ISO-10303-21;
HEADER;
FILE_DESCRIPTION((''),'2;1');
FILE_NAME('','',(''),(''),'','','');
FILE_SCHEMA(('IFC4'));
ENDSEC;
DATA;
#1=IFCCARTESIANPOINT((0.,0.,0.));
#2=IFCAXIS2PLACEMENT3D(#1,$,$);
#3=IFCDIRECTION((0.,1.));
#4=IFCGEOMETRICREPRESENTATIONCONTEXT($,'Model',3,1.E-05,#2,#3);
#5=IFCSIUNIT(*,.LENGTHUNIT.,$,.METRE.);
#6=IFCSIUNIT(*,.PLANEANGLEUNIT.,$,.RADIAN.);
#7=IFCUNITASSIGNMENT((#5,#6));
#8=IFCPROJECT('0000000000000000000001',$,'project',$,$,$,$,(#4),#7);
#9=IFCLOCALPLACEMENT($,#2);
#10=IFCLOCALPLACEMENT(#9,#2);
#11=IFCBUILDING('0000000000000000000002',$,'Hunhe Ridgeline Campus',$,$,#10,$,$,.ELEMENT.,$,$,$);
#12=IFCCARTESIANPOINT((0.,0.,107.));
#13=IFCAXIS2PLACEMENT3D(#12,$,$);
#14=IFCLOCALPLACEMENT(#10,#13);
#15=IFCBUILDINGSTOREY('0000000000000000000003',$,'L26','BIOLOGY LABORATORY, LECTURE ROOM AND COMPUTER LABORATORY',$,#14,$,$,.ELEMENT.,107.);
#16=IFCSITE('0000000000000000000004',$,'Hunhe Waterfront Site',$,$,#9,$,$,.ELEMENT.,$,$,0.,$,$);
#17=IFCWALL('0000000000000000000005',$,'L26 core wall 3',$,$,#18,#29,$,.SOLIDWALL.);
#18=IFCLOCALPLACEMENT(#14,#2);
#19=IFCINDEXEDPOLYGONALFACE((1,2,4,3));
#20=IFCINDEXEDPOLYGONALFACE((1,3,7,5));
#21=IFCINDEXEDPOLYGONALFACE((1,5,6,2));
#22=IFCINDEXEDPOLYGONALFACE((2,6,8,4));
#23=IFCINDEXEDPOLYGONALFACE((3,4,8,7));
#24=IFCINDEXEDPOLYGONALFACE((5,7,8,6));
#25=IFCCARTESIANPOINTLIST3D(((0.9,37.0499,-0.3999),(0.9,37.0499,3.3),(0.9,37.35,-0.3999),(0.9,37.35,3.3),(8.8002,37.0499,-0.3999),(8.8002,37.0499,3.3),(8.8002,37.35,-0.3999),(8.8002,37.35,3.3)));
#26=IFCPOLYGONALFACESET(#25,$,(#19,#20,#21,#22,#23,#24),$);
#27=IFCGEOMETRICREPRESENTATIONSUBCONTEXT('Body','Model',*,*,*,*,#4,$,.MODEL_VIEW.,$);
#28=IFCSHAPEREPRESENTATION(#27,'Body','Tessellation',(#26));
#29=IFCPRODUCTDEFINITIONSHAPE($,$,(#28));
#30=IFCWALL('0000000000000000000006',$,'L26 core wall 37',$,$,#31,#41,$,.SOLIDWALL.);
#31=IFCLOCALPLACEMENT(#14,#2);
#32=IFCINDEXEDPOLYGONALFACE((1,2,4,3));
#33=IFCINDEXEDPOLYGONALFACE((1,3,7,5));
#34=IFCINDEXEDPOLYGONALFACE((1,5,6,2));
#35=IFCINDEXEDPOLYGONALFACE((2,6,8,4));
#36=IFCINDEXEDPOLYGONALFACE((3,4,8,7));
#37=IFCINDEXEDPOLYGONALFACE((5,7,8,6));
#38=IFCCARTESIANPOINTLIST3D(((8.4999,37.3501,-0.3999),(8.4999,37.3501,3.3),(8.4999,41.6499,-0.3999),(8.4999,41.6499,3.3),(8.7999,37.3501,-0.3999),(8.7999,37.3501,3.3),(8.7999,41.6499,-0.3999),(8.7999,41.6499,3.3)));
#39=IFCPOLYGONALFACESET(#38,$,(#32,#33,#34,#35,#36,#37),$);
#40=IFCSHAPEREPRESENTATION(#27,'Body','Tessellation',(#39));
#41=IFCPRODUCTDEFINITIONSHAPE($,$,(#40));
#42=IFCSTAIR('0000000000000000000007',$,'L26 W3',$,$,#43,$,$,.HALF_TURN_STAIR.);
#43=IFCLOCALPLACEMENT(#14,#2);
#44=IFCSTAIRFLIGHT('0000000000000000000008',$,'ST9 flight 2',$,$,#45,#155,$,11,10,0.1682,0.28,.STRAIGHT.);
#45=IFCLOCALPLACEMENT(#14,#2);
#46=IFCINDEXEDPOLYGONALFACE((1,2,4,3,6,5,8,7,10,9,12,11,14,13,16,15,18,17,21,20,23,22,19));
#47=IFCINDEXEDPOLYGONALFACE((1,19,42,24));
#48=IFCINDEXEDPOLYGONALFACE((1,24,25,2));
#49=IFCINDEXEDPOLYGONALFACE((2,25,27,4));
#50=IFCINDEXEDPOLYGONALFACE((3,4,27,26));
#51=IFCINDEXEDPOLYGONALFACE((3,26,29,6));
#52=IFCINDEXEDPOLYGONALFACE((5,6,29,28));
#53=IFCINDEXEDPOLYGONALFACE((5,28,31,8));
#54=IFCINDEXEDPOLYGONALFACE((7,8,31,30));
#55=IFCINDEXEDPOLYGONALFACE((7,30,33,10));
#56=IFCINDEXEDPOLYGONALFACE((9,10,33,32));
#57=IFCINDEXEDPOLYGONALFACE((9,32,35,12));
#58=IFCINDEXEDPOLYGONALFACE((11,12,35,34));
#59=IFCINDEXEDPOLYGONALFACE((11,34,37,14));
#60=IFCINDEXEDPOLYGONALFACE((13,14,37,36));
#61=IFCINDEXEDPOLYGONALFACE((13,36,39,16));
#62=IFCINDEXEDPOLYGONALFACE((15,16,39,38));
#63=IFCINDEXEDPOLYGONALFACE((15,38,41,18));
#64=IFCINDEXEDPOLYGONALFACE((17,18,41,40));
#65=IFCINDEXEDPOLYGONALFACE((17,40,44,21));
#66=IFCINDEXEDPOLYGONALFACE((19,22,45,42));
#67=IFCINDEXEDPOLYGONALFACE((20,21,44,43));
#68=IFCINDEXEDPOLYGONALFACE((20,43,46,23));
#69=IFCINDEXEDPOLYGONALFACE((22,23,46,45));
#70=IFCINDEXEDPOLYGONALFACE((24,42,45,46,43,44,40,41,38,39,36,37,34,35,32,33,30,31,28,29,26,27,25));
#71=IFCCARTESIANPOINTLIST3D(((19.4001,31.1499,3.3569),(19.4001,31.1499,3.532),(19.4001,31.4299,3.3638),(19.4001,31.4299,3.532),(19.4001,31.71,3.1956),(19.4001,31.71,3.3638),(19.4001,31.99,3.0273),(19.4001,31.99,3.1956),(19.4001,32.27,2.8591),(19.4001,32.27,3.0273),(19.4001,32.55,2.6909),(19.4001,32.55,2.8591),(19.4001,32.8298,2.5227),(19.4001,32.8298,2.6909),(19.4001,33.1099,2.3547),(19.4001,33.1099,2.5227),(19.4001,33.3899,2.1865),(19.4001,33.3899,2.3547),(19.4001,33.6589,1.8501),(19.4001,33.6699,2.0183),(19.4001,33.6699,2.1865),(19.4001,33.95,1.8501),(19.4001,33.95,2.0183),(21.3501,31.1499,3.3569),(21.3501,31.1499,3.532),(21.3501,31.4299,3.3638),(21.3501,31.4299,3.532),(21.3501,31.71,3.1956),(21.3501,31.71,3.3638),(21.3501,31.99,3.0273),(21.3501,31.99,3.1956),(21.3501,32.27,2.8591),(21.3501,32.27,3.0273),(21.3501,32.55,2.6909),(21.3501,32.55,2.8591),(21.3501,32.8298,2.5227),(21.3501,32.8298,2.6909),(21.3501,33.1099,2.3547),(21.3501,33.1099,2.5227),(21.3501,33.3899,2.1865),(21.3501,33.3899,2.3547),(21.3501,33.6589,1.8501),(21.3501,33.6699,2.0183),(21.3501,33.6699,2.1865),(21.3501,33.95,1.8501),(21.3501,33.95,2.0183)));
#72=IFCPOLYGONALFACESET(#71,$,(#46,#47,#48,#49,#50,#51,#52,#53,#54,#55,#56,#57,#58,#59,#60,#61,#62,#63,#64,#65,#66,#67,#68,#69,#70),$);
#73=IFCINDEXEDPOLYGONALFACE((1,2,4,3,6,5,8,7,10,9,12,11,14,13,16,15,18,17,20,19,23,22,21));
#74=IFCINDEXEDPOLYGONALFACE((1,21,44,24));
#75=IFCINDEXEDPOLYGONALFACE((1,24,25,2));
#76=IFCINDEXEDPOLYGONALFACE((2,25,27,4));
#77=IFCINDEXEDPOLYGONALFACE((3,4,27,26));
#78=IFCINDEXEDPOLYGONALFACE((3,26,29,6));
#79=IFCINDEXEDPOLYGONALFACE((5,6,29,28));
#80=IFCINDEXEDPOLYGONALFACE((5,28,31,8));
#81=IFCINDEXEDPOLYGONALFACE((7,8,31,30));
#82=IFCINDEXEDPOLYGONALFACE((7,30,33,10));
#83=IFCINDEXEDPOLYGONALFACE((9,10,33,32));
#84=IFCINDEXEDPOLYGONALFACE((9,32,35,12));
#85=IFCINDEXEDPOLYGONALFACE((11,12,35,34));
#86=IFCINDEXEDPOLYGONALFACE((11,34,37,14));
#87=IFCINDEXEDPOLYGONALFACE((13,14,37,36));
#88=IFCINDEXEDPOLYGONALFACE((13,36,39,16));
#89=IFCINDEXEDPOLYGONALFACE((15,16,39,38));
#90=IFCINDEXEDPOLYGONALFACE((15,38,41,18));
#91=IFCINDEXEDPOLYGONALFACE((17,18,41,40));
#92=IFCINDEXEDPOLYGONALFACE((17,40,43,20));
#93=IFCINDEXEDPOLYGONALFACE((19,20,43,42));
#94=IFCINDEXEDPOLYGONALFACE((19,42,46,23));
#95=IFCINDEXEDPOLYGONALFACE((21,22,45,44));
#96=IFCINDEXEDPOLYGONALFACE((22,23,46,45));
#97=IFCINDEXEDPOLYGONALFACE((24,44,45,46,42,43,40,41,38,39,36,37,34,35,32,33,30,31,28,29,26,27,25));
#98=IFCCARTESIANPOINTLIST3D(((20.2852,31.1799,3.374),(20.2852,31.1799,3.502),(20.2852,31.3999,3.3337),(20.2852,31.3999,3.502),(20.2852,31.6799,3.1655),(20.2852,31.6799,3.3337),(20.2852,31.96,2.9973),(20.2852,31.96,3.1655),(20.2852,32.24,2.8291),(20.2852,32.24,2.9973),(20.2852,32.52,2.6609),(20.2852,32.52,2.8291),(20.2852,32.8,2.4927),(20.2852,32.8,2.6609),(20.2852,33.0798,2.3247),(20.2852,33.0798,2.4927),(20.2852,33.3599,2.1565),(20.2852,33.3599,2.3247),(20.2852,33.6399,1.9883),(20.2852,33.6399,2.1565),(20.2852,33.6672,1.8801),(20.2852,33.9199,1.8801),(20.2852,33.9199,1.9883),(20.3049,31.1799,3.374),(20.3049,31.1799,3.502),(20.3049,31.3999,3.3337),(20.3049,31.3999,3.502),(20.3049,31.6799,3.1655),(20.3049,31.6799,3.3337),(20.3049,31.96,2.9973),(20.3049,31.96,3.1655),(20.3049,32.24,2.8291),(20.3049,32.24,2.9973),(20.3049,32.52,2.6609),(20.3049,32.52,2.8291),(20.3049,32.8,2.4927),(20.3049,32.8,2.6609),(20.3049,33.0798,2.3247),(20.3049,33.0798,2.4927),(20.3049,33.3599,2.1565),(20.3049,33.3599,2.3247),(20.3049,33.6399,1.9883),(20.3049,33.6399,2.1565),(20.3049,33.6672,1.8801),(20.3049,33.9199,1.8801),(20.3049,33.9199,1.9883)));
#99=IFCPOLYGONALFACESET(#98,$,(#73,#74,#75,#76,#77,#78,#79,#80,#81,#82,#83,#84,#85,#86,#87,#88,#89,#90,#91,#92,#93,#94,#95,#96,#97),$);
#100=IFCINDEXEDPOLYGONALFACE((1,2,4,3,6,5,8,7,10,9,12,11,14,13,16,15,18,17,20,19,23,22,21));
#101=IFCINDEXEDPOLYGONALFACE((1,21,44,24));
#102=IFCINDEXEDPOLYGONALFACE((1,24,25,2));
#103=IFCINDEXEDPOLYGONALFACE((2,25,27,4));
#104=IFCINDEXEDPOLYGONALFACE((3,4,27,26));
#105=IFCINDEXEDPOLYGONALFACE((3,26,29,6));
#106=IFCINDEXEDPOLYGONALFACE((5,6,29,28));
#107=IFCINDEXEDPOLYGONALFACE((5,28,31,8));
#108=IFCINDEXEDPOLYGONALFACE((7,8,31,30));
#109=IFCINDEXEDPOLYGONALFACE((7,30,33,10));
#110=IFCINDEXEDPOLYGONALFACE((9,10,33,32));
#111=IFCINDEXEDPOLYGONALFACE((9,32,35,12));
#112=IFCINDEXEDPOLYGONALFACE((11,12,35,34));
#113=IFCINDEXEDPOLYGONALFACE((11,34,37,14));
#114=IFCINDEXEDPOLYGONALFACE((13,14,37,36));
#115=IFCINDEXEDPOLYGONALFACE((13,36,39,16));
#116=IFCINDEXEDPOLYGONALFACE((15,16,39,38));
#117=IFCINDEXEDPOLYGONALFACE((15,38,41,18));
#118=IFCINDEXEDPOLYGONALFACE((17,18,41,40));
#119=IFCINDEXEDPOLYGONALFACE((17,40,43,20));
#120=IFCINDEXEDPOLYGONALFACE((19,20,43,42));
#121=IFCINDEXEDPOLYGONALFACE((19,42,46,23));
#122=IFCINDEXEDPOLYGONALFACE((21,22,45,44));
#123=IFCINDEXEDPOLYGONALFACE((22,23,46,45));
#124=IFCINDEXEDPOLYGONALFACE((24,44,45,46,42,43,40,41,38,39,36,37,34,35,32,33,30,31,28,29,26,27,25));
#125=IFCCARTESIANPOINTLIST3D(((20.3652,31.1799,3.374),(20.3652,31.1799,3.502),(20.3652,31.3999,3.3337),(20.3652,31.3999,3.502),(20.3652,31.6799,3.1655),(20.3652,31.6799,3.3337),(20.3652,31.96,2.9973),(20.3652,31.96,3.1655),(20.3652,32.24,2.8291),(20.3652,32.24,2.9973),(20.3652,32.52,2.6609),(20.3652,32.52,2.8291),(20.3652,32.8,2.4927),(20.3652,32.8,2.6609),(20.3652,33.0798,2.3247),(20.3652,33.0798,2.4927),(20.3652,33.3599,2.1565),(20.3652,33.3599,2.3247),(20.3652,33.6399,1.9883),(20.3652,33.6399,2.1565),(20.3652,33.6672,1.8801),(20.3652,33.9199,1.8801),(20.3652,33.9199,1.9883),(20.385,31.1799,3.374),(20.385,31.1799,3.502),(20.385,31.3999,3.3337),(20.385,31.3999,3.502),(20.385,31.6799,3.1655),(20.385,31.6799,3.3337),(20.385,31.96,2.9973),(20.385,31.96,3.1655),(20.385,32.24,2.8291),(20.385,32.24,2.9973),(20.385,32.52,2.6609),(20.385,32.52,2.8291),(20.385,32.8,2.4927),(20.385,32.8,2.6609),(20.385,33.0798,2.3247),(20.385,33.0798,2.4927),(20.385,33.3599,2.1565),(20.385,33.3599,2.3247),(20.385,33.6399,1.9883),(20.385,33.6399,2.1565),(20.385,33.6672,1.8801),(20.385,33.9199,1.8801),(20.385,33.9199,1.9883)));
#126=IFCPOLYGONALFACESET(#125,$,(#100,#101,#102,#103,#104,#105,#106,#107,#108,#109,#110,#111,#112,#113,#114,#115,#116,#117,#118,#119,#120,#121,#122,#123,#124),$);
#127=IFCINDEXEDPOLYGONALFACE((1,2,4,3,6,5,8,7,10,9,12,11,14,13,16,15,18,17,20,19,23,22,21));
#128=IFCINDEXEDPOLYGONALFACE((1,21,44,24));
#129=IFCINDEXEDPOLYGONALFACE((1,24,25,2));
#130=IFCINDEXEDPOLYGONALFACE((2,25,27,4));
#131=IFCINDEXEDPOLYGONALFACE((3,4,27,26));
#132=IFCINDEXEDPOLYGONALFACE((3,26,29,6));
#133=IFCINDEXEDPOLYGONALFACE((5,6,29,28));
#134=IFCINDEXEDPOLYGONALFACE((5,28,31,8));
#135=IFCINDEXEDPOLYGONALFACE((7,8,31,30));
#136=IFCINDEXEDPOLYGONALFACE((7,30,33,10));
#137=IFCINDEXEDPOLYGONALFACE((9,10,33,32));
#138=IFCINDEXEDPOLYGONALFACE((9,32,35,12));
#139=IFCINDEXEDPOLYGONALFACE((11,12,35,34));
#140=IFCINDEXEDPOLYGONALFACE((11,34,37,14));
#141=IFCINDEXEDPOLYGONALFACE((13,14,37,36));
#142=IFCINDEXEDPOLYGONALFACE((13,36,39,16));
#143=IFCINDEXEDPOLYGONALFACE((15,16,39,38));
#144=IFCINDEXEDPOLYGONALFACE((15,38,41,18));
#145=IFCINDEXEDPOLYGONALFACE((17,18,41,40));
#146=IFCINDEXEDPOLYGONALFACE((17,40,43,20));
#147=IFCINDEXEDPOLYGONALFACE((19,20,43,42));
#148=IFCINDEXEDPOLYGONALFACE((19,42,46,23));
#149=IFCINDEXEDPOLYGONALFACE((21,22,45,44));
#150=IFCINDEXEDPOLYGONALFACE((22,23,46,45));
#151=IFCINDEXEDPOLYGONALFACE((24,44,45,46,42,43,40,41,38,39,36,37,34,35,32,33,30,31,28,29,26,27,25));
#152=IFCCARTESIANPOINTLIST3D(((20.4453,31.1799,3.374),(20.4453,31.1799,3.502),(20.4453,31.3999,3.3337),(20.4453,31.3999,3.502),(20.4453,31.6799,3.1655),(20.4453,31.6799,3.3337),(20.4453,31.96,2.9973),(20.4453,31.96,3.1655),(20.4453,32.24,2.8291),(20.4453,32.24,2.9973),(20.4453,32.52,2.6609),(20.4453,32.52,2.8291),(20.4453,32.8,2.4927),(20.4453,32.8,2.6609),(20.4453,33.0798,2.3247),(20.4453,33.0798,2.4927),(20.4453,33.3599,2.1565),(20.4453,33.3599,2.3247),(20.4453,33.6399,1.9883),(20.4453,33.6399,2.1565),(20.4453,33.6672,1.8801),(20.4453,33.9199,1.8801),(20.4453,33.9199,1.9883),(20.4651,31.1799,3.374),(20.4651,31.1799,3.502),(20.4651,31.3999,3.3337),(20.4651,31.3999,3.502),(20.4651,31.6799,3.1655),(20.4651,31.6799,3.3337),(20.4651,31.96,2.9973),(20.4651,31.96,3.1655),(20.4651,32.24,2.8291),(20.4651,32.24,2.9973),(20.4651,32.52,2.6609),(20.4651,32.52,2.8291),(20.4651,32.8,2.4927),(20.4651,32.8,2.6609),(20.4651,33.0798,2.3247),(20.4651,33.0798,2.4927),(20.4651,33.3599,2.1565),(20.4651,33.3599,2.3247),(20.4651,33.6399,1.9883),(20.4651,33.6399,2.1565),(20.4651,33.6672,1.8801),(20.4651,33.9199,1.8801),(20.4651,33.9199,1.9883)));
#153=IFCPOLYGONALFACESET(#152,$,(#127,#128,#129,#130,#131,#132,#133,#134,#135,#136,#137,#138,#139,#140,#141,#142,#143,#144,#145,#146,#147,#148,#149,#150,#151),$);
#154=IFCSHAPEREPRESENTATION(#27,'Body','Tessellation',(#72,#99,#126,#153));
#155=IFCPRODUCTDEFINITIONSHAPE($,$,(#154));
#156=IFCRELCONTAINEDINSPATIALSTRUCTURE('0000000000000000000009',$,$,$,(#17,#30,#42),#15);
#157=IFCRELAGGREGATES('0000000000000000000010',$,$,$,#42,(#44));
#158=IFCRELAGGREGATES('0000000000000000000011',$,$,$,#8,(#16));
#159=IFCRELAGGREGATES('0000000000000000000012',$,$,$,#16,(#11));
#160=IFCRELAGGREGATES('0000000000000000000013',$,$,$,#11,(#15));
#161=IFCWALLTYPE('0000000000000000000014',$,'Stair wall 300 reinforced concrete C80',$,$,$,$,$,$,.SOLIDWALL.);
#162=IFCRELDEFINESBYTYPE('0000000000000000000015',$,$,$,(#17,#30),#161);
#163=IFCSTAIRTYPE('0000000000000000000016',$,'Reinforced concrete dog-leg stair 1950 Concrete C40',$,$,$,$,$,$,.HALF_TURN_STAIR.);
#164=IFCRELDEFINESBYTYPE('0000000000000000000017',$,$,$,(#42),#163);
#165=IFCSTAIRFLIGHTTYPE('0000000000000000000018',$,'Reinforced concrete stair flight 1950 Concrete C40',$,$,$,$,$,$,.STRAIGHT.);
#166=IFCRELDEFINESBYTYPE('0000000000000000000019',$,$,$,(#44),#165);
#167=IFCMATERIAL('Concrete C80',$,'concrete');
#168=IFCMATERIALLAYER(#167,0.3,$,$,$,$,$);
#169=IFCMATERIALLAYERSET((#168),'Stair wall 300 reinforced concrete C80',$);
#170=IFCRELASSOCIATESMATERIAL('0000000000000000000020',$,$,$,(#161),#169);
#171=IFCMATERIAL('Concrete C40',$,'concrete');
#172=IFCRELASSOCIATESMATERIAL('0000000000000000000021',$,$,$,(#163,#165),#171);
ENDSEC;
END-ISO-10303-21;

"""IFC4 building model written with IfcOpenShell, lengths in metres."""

from ifc_helpers import new_model, si_unit, direction, frame, frame_2d, origin, place, context, subcontext, project, spatial, polyline, rectangle, outline, extrude, material, layer, layer_set, type_object, element, aggregate, save


model = new_model("IFC4")

# Units and contexts
model_context = context("Model", 3, precision=1e-05, world=origin(), true_north=direction((0.0, 1.0)))
body_context = subcontext(model_context, "Body", "Model", "MODEL_VIEW")
ifc_project = project(units=[si_unit("LENGTHUNIT", "METRE"), si_unit("PLANEANGLEUNIT", "RADIAN")], contexts=[model_context])

# Site, building, storey
site_placement = place(None, origin())
site = spatial("IfcSite", under=ifc_project, at=site_placement, Name="Hunhe Waterfront Site", CompositionType="ELEMENT", RefElevation=0.0)
building_placement = place(site_placement, origin())
building = spatial("IfcBuilding", under=site, at=building_placement, Name="Hunhe Ridgeline Campus", CompositionType="ELEMENT")
storey_placement = place(building_placement, frame((0.0, 0.0, 107.0)))
storey = spatial("IfcBuildingStorey", under=building, at=storey_placement, Name="L26", Description="BIOLOGY LABORATORY, LECTURE ROOM AND COMPUTER LABORATORY", CompositionType="ELEMENT", Elevation=107.0)

# Wall
ifc_material_1 = material(Name="Concrete C80", Category="concrete")
ifc_layer_1 = layer(ifc_material_1, 0.3)
ifc_layer_set_1 = layer_set([ifc_layer_1], Name="Stair wall 300 reinforced concrete C80")
wall_type_1 = type_object("IfcWallType", Name="Stair wall 300 reinforced concrete C80", PredefinedType="SOLIDWALL", material=ifc_layer_set_1)
wall_1_placement = place(storey_placement, frame((0.8999, 37.2, -0.3999), z_axis=(0.0, 0.0, 1.0), x_axis=(1.0, 0.0, 0.0)))
element("IfcWall", 1, at=wall_1_placement, inside=storey, type_object=wall_type_1, Name="L26 core wall 3", PredefinedType="SOLIDWALL", context=body_context, shape_type="SweptSolid", body=[
    extrude(rectangle(XDim=7.9001, YDim=0.3, at=frame_2d((3.9502, 0.0))), origin(), (0.0, 0.0, 1.0), 3.7),
])

# Wall
wall_2_placement = place(storey_placement, frame((8.6499, 37.3501, -0.3999), z_axis=(0.0, 0.0, 1.0), x_axis=(0.0, 1.0, 0.0)))
element("IfcWall", 2, at=wall_2_placement, inside=storey, type_object=wall_type_1, Name="L26 core wall 37", PredefinedType="SOLIDWALL", context=body_context, shape_type="SweptSolid", body=[
    extrude(rectangle(XDim=4.2998, YDim=0.3, at=frame_2d((2.1499, 0.0))), origin(), (0.0, 0.0, 1.0), 3.7),
])

# Stair, stair flight
ifc_material_2 = material(Name="Concrete C40", Category="concrete")
stair_type = type_object("IfcStairType", Name="Reinforced concrete dog-leg stair 1950 Concrete C40", PredefinedType="HALF_TURN_STAIR", material=ifc_material_2)
stair_1_placement = place(storey_placement, origin())
stair_1 = element("IfcStair", 3, at=stair_1_placement, inside=storey, type_object=stair_type, Name="L26 W3", PredefinedType="HALF_TURN_STAIR")
stair_flight_type = type_object("IfcStairFlightType", Name="Reinforced concrete stair flight 1950 Concrete C40", PredefinedType="STRAIGHT", material=ifc_material_2)
stair_flight_1_placement = place(storey_placement, frame((20.375, 33.95, 1.8501), z_axis=(0.0, 0.0, 1.0), x_axis=(0.0, -1.0, 0.0)))
stair_flight_1 = element("IfcStairFlight", 4, at=stair_flight_1_placement, type_object=stair_flight_type, Name="ST9 flight 2", NumberOfRisers=11, NumberOfTreads=10, PredefinedType="STRAIGHT", RiserHeight=0.1682, TreadLength=0.28, context=body_context, shape_type="SweptSolid", body=[
    extrude(outline(polyline([(0.0, 0.0), (0.0, 0.1682), (0.28, 0.1682), (0.28, 0.3364), (0.5601, 0.3364), (0.5601, 0.5046), (0.8401, 0.5046), (0.8401, 0.6726), (1.1201, 0.6726), (1.1201, 0.8408), (1.3999, 0.8408), (1.3999, 1.009), (1.6799, 1.009), (1.6799, 1.1772), (1.96, 1.1772), (1.96, 1.3455), (2.24, 1.3455), (2.24, 1.5137), (2.52, 1.5137), (2.52, 1.6819), (2.8, 1.6819), (2.8, 1.8501), (2.8, 1.5068), (0.291, 0.0), (0.0, 0.0)])), frame((0.0, 0.9751, 0.0), z_axis=(0.0, -1.0, 0.0), x_axis=(1.0, 0.0, 0.0)), (0.0, 0.0, 1.0), 1.95),
    extrude(outline(polyline([(0.03, 0.03), (0.03, 0.1382), (0.3101, 0.1382), (0.3101, 0.3064), (0.5901, 0.3064), (0.5901, 0.4746), (0.8701, 0.4746), (0.8701, 0.6426), (1.1499, 0.6426), (1.1499, 0.8108), (1.4299, 0.8108), (1.4299, 0.979), (1.71, 0.979), (1.71, 1.1472), (1.99, 1.1472), (1.99, 1.3154), (2.27, 1.3154), (2.27, 1.4836), (2.55, 1.4836), (2.55, 1.6519), (2.77, 1.6519), (2.77, 1.5239), (0.2827, 0.03), (0.03, 0.03)])), frame((0.0, -0.0701, 0.0), z_axis=(0.0, -1.0, 0.0), x_axis=(1.0, 0.0, 0.0)), (0.0, 0.0, 1.0), 0.0198),
    extrude(outline(polyline([(0.03, 0.03), (0.03, 0.1382), (0.3101, 0.1382), (0.3101, 0.3064), (0.5901, 0.3064), (0.5901, 0.4746), (0.8701, 0.4746), (0.8701, 0.6426), (1.1499, 0.6426), (1.1499, 0.8108), (1.4299, 0.8108), (1.4299, 0.979), (1.71, 0.979), (1.71, 1.1472), (1.99, 1.1472), (1.99, 1.3154), (2.27, 1.3154), (2.27, 1.4836), (2.55, 1.4836), (2.55, 1.6519), (2.77, 1.6519), (2.77, 1.5239), (0.2827, 0.03), (0.03, 0.03)])), frame((0.0, 0.01, 0.0), z_axis=(0.0, -1.0, 0.0), x_axis=(1.0, 0.0, 0.0)), (0.0, 0.0, 1.0), 0.0198),
    extrude(outline(polyline([(0.03, 0.03), (0.03, 0.1382), (0.3101, 0.1382), (0.3101, 0.3064), (0.5901, 0.3064), (0.5901, 0.4746), (0.8701, 0.4746), (0.8701, 0.6426), (1.1499, 0.6426), (1.1499, 0.8108), (1.4299, 0.8108), (1.4299, 0.979), (1.71, 0.979), (1.71, 1.1472), (1.99, 1.1472), (1.99, 1.3154), (2.27, 1.3154), (2.27, 1.4836), (2.55, 1.4836), (2.55, 1.6519), (2.77, 1.6519), (2.77, 1.5239), (0.2827, 0.03), (0.03, 0.03)])), frame((0.0, 0.0901, 0.0), z_axis=(0.0, -1.0, 0.0), x_axis=(1.0, 0.0, 0.0)), (0.0, 0.0, 1.0), 0.0198),
])
aggregate(stair_1, [stair_flight_1])

save(model, "model.ifc")
